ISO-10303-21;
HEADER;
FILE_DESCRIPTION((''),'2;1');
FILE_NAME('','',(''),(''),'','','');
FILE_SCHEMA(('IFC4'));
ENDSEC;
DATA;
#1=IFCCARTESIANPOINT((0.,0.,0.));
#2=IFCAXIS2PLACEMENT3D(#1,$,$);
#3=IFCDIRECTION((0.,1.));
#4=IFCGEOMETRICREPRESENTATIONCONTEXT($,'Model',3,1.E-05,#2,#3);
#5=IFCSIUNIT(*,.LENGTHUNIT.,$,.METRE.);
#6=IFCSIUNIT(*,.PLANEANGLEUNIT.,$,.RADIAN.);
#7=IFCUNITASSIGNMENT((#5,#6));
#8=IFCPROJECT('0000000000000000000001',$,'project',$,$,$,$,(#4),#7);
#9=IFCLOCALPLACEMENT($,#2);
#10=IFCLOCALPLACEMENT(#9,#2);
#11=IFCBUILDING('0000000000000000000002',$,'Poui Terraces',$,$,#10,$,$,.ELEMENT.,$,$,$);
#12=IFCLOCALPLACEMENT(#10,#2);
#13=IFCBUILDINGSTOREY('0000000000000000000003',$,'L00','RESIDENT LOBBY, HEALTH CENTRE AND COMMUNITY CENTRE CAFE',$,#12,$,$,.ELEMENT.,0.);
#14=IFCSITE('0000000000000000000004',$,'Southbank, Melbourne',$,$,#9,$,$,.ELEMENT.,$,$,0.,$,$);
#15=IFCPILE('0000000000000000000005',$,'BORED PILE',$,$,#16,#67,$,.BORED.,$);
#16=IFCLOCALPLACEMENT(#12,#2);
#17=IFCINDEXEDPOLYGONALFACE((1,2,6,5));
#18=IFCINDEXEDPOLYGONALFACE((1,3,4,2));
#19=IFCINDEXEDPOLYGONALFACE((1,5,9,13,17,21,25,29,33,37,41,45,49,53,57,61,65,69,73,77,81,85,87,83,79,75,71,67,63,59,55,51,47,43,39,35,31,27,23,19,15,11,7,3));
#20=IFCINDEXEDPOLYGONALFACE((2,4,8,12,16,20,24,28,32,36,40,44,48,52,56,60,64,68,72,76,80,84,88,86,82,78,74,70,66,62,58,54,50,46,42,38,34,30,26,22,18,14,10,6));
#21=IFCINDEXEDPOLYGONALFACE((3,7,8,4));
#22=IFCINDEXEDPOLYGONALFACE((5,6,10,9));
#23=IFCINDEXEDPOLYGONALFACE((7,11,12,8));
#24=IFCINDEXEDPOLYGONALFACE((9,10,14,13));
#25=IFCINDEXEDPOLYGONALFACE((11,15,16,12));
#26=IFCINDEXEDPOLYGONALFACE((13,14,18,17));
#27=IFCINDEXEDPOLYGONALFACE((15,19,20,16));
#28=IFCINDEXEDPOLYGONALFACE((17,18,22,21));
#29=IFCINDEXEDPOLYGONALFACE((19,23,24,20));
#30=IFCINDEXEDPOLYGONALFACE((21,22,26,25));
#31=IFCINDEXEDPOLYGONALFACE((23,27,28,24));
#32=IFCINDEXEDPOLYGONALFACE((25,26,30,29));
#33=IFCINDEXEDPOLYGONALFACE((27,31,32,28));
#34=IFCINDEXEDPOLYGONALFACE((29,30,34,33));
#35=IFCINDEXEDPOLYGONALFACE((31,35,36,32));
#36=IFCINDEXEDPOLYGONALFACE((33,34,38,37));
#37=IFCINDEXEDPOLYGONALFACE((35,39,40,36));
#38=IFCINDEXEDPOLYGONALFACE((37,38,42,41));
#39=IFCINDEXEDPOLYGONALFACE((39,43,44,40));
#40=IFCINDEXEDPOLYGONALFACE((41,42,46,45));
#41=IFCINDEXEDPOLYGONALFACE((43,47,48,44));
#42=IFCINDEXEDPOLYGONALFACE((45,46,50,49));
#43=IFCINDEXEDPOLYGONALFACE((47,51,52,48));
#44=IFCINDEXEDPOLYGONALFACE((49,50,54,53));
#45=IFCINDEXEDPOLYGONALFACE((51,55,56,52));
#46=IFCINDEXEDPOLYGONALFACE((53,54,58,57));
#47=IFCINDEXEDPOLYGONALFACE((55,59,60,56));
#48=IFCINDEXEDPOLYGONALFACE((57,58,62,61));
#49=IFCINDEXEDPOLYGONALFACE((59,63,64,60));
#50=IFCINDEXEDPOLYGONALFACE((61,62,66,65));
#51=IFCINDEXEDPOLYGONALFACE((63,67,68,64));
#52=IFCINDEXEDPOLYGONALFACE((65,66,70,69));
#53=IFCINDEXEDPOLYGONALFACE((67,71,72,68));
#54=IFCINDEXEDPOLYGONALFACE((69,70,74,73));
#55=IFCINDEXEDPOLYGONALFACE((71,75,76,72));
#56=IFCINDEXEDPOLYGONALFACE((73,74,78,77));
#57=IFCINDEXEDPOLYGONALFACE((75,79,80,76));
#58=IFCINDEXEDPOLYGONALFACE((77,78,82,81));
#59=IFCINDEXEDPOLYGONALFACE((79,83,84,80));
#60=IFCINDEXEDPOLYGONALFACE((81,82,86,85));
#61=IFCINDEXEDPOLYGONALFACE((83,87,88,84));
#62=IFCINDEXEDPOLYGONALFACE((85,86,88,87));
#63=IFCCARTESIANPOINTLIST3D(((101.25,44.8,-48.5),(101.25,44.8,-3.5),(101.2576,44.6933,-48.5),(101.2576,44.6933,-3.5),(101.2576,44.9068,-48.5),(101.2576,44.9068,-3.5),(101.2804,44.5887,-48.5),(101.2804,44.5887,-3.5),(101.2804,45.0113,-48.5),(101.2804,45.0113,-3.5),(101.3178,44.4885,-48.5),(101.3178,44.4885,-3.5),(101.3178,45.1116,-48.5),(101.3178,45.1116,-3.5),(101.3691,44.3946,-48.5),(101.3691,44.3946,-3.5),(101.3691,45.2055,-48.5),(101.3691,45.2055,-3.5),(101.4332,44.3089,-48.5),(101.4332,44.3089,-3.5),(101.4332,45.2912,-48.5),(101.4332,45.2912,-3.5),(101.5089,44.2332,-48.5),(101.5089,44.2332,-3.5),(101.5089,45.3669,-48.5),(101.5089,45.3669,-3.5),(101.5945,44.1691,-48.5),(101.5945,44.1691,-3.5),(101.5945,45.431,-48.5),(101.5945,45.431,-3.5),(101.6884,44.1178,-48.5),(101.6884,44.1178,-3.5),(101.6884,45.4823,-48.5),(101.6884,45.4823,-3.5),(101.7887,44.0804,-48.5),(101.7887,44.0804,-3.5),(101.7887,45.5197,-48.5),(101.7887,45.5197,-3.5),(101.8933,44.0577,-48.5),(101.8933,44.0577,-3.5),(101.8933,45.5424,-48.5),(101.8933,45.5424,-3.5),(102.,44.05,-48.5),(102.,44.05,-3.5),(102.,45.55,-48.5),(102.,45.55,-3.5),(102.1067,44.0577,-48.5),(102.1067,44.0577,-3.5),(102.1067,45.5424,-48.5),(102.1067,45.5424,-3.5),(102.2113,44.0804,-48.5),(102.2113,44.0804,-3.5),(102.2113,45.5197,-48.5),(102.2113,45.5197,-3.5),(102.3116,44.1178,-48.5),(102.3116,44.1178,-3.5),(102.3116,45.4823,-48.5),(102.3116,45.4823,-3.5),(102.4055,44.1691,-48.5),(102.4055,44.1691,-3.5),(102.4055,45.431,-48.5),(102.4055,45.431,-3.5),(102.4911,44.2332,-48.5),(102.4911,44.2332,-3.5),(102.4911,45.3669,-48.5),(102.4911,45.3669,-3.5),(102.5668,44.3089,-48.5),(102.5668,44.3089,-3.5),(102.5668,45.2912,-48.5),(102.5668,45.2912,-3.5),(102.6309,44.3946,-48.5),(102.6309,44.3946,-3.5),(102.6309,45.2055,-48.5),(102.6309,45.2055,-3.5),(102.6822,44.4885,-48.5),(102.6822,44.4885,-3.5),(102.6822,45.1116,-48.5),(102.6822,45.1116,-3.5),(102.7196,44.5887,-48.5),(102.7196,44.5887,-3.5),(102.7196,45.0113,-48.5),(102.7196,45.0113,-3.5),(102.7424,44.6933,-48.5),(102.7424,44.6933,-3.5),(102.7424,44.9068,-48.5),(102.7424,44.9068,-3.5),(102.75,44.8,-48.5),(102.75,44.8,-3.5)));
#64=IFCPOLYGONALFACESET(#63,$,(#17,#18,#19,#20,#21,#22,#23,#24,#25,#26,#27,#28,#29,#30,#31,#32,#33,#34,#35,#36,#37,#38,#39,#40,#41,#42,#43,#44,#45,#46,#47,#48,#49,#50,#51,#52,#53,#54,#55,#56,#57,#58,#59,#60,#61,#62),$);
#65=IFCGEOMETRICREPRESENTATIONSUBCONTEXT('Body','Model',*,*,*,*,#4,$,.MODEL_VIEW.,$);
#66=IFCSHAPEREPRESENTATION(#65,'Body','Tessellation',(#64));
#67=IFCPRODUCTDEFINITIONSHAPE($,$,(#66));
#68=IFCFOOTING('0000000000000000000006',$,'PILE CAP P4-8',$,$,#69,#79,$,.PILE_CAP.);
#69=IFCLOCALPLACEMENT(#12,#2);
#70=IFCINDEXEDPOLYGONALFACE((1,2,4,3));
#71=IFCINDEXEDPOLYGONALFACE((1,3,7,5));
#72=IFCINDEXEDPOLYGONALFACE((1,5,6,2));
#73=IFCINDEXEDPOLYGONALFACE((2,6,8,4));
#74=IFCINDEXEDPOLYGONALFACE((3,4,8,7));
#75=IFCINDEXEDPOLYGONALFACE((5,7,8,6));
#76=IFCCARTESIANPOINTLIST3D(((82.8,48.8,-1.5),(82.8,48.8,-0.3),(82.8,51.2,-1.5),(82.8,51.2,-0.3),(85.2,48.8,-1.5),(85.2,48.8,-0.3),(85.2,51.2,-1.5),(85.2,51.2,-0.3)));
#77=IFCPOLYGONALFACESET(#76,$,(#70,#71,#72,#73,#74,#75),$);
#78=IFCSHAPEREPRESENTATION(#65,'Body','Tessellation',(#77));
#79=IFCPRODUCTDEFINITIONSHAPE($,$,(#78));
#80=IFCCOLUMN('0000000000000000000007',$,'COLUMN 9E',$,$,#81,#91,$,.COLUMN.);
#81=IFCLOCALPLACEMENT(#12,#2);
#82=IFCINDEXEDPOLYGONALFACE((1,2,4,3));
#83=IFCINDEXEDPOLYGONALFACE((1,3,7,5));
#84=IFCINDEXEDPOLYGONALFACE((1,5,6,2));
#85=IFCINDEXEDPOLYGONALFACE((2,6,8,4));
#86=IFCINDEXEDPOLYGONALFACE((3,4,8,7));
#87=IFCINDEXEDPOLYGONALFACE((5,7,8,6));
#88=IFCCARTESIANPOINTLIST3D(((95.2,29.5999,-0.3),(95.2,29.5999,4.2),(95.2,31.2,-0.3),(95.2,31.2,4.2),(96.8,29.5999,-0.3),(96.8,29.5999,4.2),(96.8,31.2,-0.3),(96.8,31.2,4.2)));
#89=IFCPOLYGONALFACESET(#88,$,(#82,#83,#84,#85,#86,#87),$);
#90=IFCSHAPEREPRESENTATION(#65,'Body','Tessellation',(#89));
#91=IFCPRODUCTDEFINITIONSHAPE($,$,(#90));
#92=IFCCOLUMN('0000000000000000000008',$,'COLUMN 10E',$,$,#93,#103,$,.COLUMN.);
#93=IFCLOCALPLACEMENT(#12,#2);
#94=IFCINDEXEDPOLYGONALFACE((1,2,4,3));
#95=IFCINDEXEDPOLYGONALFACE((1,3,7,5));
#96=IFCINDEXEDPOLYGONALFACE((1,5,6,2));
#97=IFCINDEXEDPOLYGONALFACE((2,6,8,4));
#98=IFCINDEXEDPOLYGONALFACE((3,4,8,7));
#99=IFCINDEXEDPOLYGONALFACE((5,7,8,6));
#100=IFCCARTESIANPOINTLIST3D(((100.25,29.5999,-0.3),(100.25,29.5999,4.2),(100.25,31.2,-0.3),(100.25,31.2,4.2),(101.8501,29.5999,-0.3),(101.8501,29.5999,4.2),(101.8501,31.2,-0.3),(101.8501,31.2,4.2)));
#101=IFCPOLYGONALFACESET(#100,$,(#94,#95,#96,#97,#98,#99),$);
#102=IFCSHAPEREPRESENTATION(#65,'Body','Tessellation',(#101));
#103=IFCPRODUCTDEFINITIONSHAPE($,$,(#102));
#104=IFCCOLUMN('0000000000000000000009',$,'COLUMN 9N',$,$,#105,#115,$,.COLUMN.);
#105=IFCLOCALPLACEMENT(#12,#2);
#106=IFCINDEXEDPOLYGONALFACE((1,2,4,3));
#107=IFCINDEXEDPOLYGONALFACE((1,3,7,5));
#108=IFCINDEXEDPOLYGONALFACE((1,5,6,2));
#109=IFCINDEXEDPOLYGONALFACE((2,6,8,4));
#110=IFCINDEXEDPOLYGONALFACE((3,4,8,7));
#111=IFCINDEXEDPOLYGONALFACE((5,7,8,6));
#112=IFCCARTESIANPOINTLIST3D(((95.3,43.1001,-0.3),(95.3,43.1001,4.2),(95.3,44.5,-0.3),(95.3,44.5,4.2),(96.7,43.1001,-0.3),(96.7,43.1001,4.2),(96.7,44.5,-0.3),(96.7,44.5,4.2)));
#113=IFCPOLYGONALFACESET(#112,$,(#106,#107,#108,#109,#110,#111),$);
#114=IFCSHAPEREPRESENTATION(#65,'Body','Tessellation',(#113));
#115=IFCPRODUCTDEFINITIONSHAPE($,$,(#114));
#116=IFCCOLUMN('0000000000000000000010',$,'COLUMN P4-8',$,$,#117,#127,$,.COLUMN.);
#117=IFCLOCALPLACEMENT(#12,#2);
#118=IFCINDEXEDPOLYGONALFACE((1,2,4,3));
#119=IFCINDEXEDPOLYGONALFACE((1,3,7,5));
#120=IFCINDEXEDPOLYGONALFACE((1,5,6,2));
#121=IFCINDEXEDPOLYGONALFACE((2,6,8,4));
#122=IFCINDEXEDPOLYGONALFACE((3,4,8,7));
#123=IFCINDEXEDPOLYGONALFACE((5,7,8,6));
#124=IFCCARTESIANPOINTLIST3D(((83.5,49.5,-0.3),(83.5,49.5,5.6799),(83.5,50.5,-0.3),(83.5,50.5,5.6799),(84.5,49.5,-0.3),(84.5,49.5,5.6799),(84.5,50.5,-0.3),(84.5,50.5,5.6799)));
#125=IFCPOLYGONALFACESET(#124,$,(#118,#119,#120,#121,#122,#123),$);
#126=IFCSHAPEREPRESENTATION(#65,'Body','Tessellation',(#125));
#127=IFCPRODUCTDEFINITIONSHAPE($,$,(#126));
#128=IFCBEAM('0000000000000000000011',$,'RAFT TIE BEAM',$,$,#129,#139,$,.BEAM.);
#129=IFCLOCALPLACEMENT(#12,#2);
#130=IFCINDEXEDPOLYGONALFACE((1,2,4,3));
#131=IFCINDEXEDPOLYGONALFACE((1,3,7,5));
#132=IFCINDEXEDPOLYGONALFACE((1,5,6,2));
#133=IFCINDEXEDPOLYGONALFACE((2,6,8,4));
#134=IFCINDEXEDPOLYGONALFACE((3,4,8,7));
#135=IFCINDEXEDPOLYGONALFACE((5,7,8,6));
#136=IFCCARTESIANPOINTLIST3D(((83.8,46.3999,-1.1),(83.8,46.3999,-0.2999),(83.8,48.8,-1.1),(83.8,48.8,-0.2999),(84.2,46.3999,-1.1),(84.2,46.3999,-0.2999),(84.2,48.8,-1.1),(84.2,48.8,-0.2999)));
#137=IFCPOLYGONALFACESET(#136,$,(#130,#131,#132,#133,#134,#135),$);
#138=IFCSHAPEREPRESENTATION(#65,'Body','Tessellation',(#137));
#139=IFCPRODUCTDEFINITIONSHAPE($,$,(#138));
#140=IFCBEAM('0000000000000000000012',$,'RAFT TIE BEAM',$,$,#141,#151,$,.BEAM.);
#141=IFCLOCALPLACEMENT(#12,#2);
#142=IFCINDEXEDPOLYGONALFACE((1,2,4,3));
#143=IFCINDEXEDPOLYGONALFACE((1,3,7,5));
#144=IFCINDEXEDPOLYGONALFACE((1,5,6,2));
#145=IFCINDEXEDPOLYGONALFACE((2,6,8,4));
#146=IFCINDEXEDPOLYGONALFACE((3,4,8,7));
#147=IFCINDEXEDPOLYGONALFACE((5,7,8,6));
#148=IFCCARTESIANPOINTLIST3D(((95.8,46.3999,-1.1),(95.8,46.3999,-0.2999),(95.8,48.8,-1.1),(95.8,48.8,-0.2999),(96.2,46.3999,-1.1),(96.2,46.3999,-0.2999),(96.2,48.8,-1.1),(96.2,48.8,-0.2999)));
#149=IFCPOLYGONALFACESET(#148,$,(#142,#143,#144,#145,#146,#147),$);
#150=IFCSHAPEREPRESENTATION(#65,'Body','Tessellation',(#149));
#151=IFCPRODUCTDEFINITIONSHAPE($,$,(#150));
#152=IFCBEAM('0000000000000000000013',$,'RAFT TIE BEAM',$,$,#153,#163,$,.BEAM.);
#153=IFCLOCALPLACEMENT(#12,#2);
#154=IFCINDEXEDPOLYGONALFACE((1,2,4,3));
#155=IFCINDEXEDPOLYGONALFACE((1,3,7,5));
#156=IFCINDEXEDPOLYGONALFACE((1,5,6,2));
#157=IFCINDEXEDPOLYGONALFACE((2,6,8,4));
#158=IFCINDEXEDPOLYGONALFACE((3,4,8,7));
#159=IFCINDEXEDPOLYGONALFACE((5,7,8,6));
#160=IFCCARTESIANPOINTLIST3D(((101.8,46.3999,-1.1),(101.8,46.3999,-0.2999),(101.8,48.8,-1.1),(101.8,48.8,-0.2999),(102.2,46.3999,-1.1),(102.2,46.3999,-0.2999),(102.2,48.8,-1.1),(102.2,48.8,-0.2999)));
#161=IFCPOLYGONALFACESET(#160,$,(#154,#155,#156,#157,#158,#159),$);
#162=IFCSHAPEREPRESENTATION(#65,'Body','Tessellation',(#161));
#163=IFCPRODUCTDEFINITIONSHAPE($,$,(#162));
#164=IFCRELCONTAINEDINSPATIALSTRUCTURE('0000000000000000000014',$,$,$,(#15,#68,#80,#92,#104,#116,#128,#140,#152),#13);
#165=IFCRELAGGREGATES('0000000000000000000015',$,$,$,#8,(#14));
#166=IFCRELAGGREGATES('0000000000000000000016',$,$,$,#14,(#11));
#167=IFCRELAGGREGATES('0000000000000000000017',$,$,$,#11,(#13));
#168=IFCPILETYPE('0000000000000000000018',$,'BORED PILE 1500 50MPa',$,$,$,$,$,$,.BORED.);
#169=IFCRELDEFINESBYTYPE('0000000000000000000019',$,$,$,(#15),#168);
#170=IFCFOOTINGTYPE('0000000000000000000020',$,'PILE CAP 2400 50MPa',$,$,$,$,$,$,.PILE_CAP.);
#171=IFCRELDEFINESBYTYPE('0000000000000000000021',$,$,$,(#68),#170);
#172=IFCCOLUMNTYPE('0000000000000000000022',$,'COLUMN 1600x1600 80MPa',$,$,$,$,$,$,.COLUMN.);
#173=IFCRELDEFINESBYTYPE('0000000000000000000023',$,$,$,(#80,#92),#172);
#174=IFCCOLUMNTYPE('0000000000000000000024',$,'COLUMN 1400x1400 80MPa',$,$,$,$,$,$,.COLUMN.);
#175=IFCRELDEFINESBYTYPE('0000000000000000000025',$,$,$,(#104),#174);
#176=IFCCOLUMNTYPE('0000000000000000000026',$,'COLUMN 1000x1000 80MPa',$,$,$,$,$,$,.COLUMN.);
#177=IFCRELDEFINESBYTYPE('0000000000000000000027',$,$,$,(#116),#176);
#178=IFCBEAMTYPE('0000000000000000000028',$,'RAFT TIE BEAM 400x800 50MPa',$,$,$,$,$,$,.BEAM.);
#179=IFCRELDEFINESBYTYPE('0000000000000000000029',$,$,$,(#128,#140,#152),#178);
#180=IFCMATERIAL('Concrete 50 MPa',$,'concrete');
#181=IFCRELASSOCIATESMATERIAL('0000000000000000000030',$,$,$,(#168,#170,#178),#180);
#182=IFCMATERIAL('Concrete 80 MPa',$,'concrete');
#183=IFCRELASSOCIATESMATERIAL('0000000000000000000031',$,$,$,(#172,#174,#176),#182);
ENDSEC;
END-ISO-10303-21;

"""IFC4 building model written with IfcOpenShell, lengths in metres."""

from ifc_helpers import new_model, si_unit, direction, frame, origin, origin_2d, place, context, subcontext, project, spatial, rectangle, circle, extrude, source, transform, mapped, material, material_profile, profile_set, type_object, element, save


model = new_model("IFC4")

# Units and contexts
model_context = context("Model", 3, precision=1e-05, world=origin(), true_north=direction((0.0, 1.0)))
body_context = subcontext(model_context, "Body", "Model", "MODEL_VIEW")
ifc_project = project(units=[si_unit("LENGTHUNIT", "METRE"), si_unit("PLANEANGLEUNIT", "RADIAN")], contexts=[model_context])

# Site, building, storey
site_placement = place(None, origin())
site = spatial("IfcSite", under=ifc_project, at=site_placement, Name="Southbank, Melbourne", CompositionType="ELEMENT", RefElevation=0.0)
building_placement = place(site_placement, origin())
building = spatial("IfcBuilding", under=site, at=building_placement, Name="Poui Terraces", CompositionType="ELEMENT")
storey_placement = place(building_placement, origin())
storey = spatial("IfcBuildingStorey", under=building, at=storey_placement, Name="L00", Description="RESIDENT LOBBY, HEALTH CENTRE AND COMMUNITY CENTRE CAFE", CompositionType="ELEMENT", Elevation=0.0)

# Pile
ifc_material_1 = material(Name="Concrete 50 MPa", Category="concrete")
ifc_material_profile_1 = material_profile(ifc_material_1, circle(Radius=0.75, at=origin_2d()), Name="RC D1500")
ifc_profile_set_1 = profile_set([ifc_material_profile_1], Name="Concrete 50 MPa")
pile_type = type_object("IfcPileType", Name="BORED PILE 1500 50MPa", PredefinedType="BORED", material=ifc_profile_set_1)
for number, where, z_axis, x_axis, name in (
    (1, (102.0, 44.8, -3.5), (0.0, 0.0, -1.0), (1.0, 0.0, 0.0), "BORED PILE"),
):
    element("IfcPile", number, at=place(storey_placement, frame(where, z_axis=z_axis, x_axis=x_axis)), inside=storey, type_object=pile_type, Name=name, PredefinedType="BORED", context=body_context, shape_type="SweptSolid", body=[
        extrude(circle(Radius=0.75, at=origin_2d()), origin(), (0.0, 0.0, 1.0), 45.0),
    ])

# Footing
footing_type = type_object("IfcFootingType", Name="PILE CAP 2400 50MPa", PredefinedType="PILE_CAP", material=ifc_material_1)
shared_shape_1 = source(origin(), body_context, "Body", "SweptSolid", [
    extrude(rectangle(XDim=2.3999, YDim=2.3999, at=origin_2d()), origin(), (0.0, 0.0, 1.0), 1.2),
])
footing_placement = place(storey_placement, frame((84.0, 50.0, -1.5), z_axis=(0.0, 0.0, 1.0), x_axis=(1.0, 0.0, 0.0)))
element("IfcFooting", 2, at=footing_placement, inside=storey, type_object=footing_type, Name="PILE CAP P4-8", PredefinedType="PILE_CAP", context=body_context, shape_type="MappedRepresentation", body=[
    mapped(shared_shape_1, transform((0.0, 0.0, 0.0))),
])

# Columns
ifc_material_2 = material(Name="Concrete 80 MPa", Category="concrete")
ifc_material_profile_2 = material_profile(ifc_material_2, rectangle(XDim=1.6001, YDim=1.6001, at=origin_2d()), Name="RC 1600x1600")
ifc_profile_set_2 = profile_set([ifc_material_profile_2], Name="Concrete 80 MPa")
column_type_1 = type_object("IfcColumnType", Name="COLUMN 1600x1600 80MPa", PredefinedType="COLUMN", material=ifc_profile_set_2)
shared_shape_2 = source(origin(), body_context, "Body", "SweptSolid", [
    extrude(rectangle(XDim=1.6001, YDim=1.6001, at=origin_2d()), origin(), (0.0, 0.0, 1.0), 4.5),
])
for number, where, z_axis, x_axis, name in (
    (3, (96.0, 30.3999, -0.3), (0.0, 0.0, 1.0), (1.0, 0.0, 0.0), "COLUMN 9E"),
    (4, (101.05, 30.3999, -0.3), (0.0, 0.0, 1.0), (1.0, 0.0, 0.0), "COLUMN 10E"),
):
    element("IfcColumn", number, at=place(storey_placement, frame(where, z_axis=z_axis, x_axis=x_axis)), inside=storey, type_object=column_type_1, Name=name, PredefinedType="COLUMN", context=body_context, shape_type="MappedRepresentation", body=[
        mapped(shared_shape_2, transform((0.0, 0.0, 0.0))),
    ])
ifc_material_profile_3 = material_profile(ifc_material_2, rectangle(XDim=1.3999, YDim=1.3999, at=origin_2d()), Name="RC 1400x1400")
ifc_profile_set_3 = profile_set([ifc_material_profile_3], Name="Concrete 80 MPa")
column_type_2 = type_object("IfcColumnType", Name="COLUMN 1400x1400 80MPa", PredefinedType="COLUMN", material=ifc_profile_set_3)
shared_shape_3 = source(origin(), body_context, "Body", "SweptSolid", [
    extrude(rectangle(XDim=1.3999, YDim=1.3999, at=origin_2d()), origin(), (0.0, 0.0, 1.0), 4.5),
])
column_1_placement = place(storey_placement, frame((96.0, 43.8, -0.3), z_axis=(0.0, 0.0, 1.0), x_axis=(1.0, 0.0, 0.0)))
element("IfcColumn", 5, at=column_1_placement, inside=storey, type_object=column_type_2, Name="COLUMN 9N", PredefinedType="COLUMN", context=body_context, shape_type="MappedRepresentation", body=[
    mapped(shared_shape_3, transform((0.0, 0.0, 0.0))),
])
ifc_material_profile_4 = material_profile(ifc_material_2, rectangle(XDim=1.0, YDim=1.0, at=origin_2d()), Name="RC 1000x1000")
ifc_profile_set_4 = profile_set([ifc_material_profile_4], Name="Concrete 80 MPa")
column_type_3 = type_object("IfcColumnType", Name="COLUMN 1000x1000 80MPa", PredefinedType="COLUMN", material=ifc_profile_set_4)
shared_shape_4 = source(origin(), body_context, "Body", "SweptSolid", [
    extrude(rectangle(XDim=1.0, YDim=1.0, at=origin_2d()), origin(), (0.0, 0.0, 1.0), 5.98),
])
column_2_placement = place(storey_placement, frame((84.0, 50.0, -0.3), z_axis=(0.0, 0.0, 1.0), x_axis=(1.0, 0.0, 0.0)))
element("IfcColumn", 6, at=column_2_placement, inside=storey, type_object=column_type_3, Name="COLUMN P4-8", PredefinedType="COLUMN", context=body_context, shape_type="MappedRepresentation", body=[
    mapped(shared_shape_4, transform((0.0, 0.0, 0.0))),
])

# Beams
ifc_material_profile_5 = material_profile(ifc_material_1, rectangle(XDim=0.3999, YDim=0.8, at=origin_2d()), Name="RC 400x800")
ifc_profile_set_5 = profile_set([ifc_material_profile_5], Name="Concrete 50 MPa")
beam_type = type_object("IfcBeamType", Name="RAFT TIE BEAM 400x800 50MPa", PredefinedType="BEAM", material=ifc_profile_set_5)
shared_shape_5 = source(origin(), body_context, "Body", "SweptSolid", [
    extrude(rectangle(XDim=0.3999, YDim=0.8, at=origin_2d()), origin(), (0.0, 0.0, 1.0), 2.4001),
])
for number, where, z_axis, x_axis, name in (
    (7, (84.0, 46.3999, -0.7), (0.0, 1.0, 0.0), (-1.0, 0.0, 0.0), "RAFT TIE BEAM"),
    (8, (96.0, 46.3999, -0.7), (0.0, 1.0, 0.0), (-1.0, 0.0, 0.0), "RAFT TIE BEAM"),
    (9, (102.0, 46.3999, -0.7), (0.0, 1.0, 0.0), (-1.0, 0.0, 0.0), "RAFT TIE BEAM"),
):
    element("IfcBeam", number, at=place(storey_placement, frame(where, z_axis=z_axis, x_axis=x_axis)), inside=storey, type_object=beam_type, Name=name, PredefinedType="BEAM", context=body_context, shape_type="MappedRepresentation", body=[
        mapped(shared_shape_5, transform((0.0, 0.0, 0.0))),
    ])

save(model, "model.ifc")
